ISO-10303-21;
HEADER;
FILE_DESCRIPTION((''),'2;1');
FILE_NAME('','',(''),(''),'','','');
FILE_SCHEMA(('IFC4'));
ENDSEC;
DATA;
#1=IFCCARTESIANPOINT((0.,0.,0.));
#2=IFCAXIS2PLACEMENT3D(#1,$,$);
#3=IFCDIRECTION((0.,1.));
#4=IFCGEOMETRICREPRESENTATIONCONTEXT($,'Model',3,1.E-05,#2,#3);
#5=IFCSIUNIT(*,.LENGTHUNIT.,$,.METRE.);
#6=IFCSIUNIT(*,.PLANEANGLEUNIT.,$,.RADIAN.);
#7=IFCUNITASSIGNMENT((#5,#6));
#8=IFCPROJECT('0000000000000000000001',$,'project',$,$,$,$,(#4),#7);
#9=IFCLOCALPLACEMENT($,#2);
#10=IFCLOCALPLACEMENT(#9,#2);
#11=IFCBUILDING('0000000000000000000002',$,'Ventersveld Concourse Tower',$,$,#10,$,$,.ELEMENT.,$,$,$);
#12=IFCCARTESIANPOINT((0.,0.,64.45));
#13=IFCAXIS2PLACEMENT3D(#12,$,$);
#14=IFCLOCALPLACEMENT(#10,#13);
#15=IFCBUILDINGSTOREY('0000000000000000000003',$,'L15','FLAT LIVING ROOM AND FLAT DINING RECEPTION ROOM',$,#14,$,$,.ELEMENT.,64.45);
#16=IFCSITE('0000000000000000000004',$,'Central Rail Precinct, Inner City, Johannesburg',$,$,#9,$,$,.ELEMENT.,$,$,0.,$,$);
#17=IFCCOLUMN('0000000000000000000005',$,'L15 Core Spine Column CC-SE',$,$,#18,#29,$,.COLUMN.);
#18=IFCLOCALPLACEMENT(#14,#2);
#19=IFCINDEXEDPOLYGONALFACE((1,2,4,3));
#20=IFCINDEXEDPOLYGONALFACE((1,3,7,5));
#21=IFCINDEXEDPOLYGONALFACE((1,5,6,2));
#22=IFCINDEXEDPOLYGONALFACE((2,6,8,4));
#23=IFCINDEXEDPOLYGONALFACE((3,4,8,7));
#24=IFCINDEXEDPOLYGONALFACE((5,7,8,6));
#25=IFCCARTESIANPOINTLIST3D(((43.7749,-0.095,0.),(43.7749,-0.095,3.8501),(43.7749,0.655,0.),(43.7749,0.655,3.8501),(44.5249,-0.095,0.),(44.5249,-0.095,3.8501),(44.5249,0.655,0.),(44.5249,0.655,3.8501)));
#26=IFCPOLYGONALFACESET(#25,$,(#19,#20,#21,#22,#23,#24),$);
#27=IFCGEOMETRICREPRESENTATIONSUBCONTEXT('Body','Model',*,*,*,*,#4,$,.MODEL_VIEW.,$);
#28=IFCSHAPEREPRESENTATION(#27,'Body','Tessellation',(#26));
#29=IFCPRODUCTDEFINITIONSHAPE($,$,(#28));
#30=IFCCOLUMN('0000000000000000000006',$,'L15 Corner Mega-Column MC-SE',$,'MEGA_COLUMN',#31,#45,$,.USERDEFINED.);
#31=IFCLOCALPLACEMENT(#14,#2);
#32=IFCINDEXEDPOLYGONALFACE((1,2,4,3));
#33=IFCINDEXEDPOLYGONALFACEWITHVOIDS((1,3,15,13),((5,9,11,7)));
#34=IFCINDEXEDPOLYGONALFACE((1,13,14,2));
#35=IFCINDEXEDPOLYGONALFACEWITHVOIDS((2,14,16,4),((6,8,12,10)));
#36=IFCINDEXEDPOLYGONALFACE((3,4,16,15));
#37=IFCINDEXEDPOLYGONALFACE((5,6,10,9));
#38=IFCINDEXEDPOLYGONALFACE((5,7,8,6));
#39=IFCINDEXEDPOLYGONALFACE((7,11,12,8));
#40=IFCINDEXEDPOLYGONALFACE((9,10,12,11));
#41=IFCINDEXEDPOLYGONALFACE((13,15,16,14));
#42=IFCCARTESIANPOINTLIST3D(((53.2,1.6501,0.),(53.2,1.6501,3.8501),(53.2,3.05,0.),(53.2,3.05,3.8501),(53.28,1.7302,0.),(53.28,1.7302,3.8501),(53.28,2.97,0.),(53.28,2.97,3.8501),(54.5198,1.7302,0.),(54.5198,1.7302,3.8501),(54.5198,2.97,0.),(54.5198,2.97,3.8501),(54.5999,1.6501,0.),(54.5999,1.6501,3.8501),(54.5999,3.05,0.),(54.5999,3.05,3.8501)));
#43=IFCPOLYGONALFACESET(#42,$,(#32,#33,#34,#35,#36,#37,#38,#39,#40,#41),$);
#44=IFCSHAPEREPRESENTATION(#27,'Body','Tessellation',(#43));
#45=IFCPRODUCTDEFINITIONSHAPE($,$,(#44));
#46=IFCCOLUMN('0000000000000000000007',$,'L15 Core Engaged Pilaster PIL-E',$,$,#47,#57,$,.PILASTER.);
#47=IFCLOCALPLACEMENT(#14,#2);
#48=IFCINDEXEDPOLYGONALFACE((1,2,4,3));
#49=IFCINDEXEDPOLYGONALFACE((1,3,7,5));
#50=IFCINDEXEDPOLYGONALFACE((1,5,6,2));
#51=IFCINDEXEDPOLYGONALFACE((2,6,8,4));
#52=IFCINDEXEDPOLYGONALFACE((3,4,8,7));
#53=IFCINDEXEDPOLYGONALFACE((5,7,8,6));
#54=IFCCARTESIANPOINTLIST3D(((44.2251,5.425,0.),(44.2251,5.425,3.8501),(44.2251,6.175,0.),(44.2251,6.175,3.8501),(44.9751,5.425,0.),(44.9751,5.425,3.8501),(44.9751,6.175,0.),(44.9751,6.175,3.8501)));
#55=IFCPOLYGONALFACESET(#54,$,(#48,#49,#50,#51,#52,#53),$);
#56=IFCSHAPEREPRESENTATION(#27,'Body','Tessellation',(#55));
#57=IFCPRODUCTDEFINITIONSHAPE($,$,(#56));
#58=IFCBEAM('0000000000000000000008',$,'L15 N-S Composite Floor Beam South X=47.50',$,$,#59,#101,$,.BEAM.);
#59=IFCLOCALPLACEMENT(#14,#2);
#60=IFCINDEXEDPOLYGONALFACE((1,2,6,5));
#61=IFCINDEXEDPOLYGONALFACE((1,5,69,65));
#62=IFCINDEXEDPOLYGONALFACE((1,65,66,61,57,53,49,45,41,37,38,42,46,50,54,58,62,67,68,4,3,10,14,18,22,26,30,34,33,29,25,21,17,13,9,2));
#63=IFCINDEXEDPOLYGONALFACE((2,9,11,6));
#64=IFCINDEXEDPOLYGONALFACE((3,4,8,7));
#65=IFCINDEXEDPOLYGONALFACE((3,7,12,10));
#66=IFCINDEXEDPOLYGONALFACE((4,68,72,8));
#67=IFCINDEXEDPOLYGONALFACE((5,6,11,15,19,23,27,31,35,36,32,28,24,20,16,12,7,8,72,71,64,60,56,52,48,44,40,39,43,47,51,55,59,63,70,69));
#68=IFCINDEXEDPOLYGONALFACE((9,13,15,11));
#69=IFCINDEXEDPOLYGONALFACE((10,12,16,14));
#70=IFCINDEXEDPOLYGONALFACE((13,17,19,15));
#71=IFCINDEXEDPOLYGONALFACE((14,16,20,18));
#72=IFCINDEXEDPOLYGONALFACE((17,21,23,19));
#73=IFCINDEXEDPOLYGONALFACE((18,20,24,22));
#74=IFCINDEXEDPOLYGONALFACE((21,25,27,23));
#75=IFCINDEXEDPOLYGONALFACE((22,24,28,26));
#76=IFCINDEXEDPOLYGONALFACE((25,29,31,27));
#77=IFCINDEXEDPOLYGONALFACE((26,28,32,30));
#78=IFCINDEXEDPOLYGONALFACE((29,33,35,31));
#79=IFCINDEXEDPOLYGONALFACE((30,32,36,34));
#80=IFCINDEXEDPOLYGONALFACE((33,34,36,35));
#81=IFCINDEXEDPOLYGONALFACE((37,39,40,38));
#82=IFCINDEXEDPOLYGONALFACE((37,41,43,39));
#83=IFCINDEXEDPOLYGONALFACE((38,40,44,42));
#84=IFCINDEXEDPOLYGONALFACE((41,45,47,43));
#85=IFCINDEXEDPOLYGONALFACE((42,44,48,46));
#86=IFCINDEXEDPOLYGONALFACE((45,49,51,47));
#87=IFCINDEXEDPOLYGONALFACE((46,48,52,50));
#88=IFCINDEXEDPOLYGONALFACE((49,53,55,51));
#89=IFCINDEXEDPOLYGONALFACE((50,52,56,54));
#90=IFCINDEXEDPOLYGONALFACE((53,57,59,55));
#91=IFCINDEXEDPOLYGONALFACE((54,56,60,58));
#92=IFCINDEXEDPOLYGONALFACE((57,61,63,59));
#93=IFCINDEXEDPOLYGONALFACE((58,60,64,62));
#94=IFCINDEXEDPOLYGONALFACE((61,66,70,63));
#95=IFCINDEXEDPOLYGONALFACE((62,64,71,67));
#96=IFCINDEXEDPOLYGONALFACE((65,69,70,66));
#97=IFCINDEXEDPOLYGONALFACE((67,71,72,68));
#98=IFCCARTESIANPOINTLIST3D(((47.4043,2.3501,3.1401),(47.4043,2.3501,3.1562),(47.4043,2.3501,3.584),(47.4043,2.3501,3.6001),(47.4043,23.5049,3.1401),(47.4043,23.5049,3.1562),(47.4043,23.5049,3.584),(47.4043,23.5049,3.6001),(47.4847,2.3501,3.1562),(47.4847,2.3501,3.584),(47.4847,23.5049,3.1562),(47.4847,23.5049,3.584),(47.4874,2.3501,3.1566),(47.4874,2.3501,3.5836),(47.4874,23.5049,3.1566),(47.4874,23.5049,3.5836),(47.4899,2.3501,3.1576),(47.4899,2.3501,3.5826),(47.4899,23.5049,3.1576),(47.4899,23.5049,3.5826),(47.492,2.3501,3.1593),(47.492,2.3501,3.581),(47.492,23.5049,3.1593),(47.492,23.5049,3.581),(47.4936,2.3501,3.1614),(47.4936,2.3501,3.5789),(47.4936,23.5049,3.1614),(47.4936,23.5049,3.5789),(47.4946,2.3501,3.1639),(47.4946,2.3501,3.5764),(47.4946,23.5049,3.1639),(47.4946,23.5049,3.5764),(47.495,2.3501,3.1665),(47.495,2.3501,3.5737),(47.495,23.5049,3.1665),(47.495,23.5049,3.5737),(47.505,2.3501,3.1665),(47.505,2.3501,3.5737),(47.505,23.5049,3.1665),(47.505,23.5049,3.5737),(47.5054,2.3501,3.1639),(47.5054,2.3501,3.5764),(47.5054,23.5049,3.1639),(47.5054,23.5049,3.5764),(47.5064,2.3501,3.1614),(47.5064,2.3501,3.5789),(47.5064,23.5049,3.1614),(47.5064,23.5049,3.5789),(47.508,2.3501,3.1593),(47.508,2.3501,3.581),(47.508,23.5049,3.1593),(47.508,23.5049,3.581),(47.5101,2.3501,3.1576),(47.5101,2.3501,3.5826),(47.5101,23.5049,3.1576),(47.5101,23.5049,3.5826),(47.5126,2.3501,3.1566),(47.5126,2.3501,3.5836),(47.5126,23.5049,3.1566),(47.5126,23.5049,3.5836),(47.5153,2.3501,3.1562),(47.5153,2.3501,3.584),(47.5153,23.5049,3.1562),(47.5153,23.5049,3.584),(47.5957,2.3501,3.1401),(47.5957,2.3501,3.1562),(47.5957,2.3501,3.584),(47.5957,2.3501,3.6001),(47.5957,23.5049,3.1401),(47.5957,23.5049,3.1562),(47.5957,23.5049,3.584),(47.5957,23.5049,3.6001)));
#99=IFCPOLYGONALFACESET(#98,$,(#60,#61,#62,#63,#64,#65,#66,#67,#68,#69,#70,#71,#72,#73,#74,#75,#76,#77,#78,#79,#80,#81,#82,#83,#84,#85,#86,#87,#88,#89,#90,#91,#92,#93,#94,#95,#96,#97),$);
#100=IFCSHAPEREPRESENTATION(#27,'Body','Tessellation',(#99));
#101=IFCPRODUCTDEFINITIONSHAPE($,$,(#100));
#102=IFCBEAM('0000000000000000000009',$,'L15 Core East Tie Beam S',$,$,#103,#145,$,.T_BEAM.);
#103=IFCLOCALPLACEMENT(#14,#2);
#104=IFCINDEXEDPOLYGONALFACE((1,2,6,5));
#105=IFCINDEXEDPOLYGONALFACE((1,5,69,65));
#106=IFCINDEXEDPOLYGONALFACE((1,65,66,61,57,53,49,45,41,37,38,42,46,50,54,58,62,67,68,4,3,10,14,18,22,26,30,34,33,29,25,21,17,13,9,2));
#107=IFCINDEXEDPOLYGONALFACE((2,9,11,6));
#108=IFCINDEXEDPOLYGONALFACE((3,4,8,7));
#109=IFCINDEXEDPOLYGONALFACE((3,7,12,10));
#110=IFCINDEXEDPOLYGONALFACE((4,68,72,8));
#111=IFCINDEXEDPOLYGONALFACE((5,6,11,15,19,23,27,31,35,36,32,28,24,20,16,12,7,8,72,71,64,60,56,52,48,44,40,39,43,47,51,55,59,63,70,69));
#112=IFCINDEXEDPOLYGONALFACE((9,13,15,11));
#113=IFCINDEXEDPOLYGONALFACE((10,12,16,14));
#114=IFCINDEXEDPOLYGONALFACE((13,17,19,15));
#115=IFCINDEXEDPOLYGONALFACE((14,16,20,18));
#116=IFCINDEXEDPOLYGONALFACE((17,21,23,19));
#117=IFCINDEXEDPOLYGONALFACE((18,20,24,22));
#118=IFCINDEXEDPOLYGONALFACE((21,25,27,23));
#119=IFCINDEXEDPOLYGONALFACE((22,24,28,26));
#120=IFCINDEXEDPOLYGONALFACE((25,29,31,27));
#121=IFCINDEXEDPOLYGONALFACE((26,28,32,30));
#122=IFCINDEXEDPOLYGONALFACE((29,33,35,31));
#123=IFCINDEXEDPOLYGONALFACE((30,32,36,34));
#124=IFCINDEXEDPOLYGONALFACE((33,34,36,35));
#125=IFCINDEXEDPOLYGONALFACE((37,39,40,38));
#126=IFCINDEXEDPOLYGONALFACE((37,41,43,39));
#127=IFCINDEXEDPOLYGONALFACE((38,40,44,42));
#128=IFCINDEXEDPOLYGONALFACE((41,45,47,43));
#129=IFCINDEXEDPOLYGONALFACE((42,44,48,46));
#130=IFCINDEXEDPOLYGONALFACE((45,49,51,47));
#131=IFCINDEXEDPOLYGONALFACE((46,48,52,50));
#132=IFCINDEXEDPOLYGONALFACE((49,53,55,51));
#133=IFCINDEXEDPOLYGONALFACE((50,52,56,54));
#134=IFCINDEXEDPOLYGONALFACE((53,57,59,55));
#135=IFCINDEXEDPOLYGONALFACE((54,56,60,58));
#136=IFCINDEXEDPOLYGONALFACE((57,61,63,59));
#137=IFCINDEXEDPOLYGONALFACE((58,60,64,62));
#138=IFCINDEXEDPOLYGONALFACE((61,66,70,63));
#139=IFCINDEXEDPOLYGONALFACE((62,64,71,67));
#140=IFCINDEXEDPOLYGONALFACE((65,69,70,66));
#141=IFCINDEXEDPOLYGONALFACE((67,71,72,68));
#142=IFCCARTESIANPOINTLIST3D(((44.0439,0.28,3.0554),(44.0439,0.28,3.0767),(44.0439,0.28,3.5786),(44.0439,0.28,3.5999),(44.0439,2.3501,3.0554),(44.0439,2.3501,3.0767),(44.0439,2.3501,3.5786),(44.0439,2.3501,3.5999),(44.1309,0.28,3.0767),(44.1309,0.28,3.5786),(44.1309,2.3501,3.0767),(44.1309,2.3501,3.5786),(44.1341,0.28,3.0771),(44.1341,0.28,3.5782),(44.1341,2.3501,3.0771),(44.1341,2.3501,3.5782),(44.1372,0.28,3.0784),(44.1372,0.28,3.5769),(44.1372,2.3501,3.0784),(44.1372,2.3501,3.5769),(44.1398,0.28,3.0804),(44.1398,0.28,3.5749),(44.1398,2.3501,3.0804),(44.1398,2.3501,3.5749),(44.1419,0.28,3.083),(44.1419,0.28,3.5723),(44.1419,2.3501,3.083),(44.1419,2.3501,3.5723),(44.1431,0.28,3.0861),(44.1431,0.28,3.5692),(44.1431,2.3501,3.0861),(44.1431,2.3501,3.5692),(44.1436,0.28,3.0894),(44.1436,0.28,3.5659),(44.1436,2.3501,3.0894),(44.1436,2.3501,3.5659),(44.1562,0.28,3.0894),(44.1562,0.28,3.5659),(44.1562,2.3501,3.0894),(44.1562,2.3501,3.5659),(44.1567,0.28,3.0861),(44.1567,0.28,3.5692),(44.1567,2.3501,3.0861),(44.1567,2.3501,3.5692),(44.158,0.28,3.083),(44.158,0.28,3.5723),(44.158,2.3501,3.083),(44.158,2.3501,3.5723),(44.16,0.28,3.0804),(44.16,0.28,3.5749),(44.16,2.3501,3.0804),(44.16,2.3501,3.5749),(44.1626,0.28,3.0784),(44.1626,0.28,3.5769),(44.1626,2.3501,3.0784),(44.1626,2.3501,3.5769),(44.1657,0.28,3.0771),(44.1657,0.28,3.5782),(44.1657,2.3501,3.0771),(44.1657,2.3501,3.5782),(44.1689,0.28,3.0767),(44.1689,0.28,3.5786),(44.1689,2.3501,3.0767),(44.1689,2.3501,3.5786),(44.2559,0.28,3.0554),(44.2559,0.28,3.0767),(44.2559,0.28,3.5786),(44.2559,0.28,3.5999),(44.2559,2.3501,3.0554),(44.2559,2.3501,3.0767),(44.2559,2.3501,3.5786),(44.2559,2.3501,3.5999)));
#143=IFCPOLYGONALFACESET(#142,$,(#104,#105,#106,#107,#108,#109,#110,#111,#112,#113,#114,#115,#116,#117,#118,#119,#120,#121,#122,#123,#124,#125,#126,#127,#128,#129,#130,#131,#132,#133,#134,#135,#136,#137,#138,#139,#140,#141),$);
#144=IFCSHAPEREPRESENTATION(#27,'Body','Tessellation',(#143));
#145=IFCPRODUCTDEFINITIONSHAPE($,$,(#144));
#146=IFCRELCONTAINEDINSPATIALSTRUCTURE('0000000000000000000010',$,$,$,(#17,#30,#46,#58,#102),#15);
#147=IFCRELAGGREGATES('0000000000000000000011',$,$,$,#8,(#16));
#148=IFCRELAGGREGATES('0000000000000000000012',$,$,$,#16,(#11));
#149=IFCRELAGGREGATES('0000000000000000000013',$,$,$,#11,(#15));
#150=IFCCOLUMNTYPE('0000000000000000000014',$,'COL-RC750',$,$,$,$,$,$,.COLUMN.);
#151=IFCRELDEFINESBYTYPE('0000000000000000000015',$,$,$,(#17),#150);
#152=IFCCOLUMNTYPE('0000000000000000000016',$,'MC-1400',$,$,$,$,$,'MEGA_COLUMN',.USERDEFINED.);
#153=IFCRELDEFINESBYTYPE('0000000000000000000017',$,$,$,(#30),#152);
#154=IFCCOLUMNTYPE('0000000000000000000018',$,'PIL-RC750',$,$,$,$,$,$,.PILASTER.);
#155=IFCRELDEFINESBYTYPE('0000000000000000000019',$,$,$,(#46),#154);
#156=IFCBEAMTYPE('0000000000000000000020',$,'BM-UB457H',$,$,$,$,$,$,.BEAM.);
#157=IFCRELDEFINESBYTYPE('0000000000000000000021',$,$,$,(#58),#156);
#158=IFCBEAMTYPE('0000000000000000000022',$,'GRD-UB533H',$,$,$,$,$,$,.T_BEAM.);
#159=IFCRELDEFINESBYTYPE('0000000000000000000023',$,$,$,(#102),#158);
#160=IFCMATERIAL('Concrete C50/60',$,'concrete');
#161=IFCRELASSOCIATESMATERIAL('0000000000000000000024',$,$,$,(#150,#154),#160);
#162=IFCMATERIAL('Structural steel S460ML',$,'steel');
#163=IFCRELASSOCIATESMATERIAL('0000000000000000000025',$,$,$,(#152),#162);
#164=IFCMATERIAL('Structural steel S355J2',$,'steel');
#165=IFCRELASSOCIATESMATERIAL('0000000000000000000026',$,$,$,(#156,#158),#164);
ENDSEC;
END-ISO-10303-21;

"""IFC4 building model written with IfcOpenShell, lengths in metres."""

from ifc_helpers import new_model, si_unit, direction, frame, origin, origin_2d, place, context, subcontext, project, spatial, rectangle, hollow_rectangle, i_section, extrude, material, material_profile, profile_set, type_object, element, save


model = new_model("IFC4")

# Units and contexts
model_context = context("Model", 3, precision=1e-05, world=origin(), true_north=direction((0.0, 1.0)))
body_context = subcontext(model_context, "Body", "Model", "MODEL_VIEW")
ifc_project = project(units=[si_unit("LENGTHUNIT", "METRE"), si_unit("PLANEANGLEUNIT", "RADIAN")], contexts=[model_context])

# Site, building, storey
site_placement = place(None, origin())
site = spatial("IfcSite", under=ifc_project, at=site_placement, Name="Central Rail Precinct, Inner City, Johannesburg", CompositionType="ELEMENT", RefElevation=0.0)
building_placement = place(site_placement, origin())
building = spatial("IfcBuilding", under=site, at=building_placement, Name="Ventersveld Concourse Tower", CompositionType="ELEMENT")
storey_placement = place(building_placement, frame((0.0, 0.0, 64.45)))
storey = spatial("IfcBuildingStorey", under=building, at=storey_placement, Name="L15", Description="FLAT LIVING ROOM AND FLAT DINING RECEPTION ROOM", CompositionType="ELEMENT", Elevation=64.45)

# Columns
ifc_material_1 = material(Name="Concrete C50/60", Category="concrete")
ifc_material_profile_1 = material_profile(ifc_material_1, rectangle(XDim=0.75, YDim=0.75, at=origin_2d()), Name="RC 750x750")
ifc_profile_set_1 = profile_set([ifc_material_profile_1], Name="Concrete C50/60")
column_type_1 = type_object("IfcColumnType", Name="COL-RC750", PredefinedType="COLUMN", material=ifc_profile_set_1)
column_1_placement = place(storey_placement, frame((44.1499, 0.28, 0.0), z_axis=(0.0, 0.0, 1.0), x_axis=(1.0, 0.0, 0.0)))
element("IfcColumn", 1, at=column_1_placement, inside=storey, type_object=column_type_1, Name="L15 Core Spine Column CC-SE", PredefinedType="COLUMN", context=body_context, shape_type="SweptSolid", body=[
    extrude(rectangle(XDim=0.75, YDim=0.75, at=origin_2d()), origin(), (0.0, 0.0, 1.0), 3.8501),
])
ifc_material_2 = material(Name="Structural steel S460ML", Category="steel")
ifc_material_profile_2 = material_profile(ifc_material_2, hollow_rectangle(XDim=1.3999, YDim=1.3999, WallThickness=0.0801, at=origin_2d()), Name="BOX 1400x1400x80")
ifc_profile_set_2 = profile_set([ifc_material_profile_2], Name="Structural steel S460ML")
column_type_2 = type_object("IfcColumnType", Name="MC-1400", ElementType="MEGA_COLUMN", PredefinedType="USERDEFINED", material=ifc_profile_set_2)
column_2_placement = place(storey_placement, frame((53.8999, 2.3501, 0.0), z_axis=(0.0, 0.0, 1.0), x_axis=(1.0, 0.0, 0.0)))
element("IfcColumn", 2, at=column_2_placement, inside=storey, type_object=column_type_2, Name="L15 Corner Mega-Column MC-SE", ObjectType="MEGA_COLUMN", PredefinedType="USERDEFINED", context=body_context, shape_type="SweptSolid", body=[
    extrude(hollow_rectangle(XDim=1.3999, YDim=1.3999, WallThickness=0.0801, at=origin_2d()), origin(), (0.0, 0.0, 1.0), 3.8501),
])
ifc_material_profile_3 = material_profile(ifc_material_1, rectangle(XDim=0.75, YDim=0.75, at=origin_2d()), Name="RC 750x750")
ifc_profile_set_3 = profile_set([ifc_material_profile_3], Name="Concrete C50/60")
column_type_3 = type_object("IfcColumnType", Name="PIL-RC750", PredefinedType="PILASTER", material=ifc_profile_set_3)
column_3_placement = place(storey_placement, frame((44.6001, 5.8, 0.0), z_axis=(0.0, 0.0, 1.0), x_axis=(1.0, 0.0, 0.0)))
element("IfcColumn", 3, at=column_3_placement, inside=storey, type_object=column_type_3, Name="L15 Core Engaged Pilaster PIL-E", PredefinedType="PILASTER", context=body_context, shape_type="SweptSolid", body=[
    extrude(rectangle(XDim=0.75, YDim=0.75, at=origin_2d()), origin(), (0.0, 0.0, 1.0), 3.8501),
])

# Beams
ifc_material_3 = material(Name="Structural steel S355J2", Category="steel")
ifc_material_profile_4 = material_profile(ifc_material_3, i_section(OverallWidth=0.1914, OverallDepth=0.46, WebThickness=0.01, FlangeThickness=0.0161, FilletRadius=0.0103, at=origin_2d()), Name="UB 457x191x82")
ifc_profile_set_4 = profile_set([ifc_material_profile_4], Name="Structural steel S355J2")
beam_type_1 = type_object("IfcBeamType", Name="BM-UB457H", PredefinedType="BEAM", material=ifc_profile_set_4)
beam_1_placement = place(storey_placement, frame((47.5, 2.3501, 3.3701), z_axis=(0.0, 1.0, 0.0), x_axis=(-1.0, 0.0, 0.0)))
element("IfcBeam", 4, at=beam_1_placement, inside=storey, type_object=beam_type_1, Name="L15 N-S Composite Floor Beam South X=47.50", PredefinedType="BEAM", context=body_context, shape_type="SweptSolid", body=[
    extrude(i_section(OverallWidth=0.1914, OverallDepth=0.46, WebThickness=0.01, FlangeThickness=0.0161, FilletRadius=0.0103, at=origin_2d()), origin(), (0.0, 0.0, 1.0), 21.1548),
])
ifc_material_profile_5 = material_profile(ifc_material_3, i_section(OverallWidth=0.2119, OverallDepth=0.5444, WebThickness=0.0127, FlangeThickness=0.0212, FilletRadius=0.0127, at=origin_2d()), Name="UB 533x210x122")
ifc_profile_set_5 = profile_set([ifc_material_profile_5], Name="Structural steel S355J2")
beam_type_2 = type_object("IfcBeamType", Name="GRD-UB533H", PredefinedType="T_BEAM", material=ifc_profile_set_5)
beam_2_placement = place(storey_placement, frame((44.1499, 0.28, 3.3276), z_axis=(0.0, 1.0, 0.0), x_axis=(-1.0, 0.0, 0.0)))
element("IfcBeam", 5, at=beam_2_placement, inside=storey, type_object=beam_type_2, Name="L15 Core East Tie Beam S", PredefinedType="T_BEAM", context=body_context, shape_type="SweptSolid", body=[
    extrude(i_section(OverallWidth=0.2119, OverallDepth=0.5444, WebThickness=0.0127, FlangeThickness=0.0212, FilletRadius=0.0127, at=origin_2d()), origin(), (0.0, 0.0, 1.0), 2.0701),
])

save(model, "model.ifc")
